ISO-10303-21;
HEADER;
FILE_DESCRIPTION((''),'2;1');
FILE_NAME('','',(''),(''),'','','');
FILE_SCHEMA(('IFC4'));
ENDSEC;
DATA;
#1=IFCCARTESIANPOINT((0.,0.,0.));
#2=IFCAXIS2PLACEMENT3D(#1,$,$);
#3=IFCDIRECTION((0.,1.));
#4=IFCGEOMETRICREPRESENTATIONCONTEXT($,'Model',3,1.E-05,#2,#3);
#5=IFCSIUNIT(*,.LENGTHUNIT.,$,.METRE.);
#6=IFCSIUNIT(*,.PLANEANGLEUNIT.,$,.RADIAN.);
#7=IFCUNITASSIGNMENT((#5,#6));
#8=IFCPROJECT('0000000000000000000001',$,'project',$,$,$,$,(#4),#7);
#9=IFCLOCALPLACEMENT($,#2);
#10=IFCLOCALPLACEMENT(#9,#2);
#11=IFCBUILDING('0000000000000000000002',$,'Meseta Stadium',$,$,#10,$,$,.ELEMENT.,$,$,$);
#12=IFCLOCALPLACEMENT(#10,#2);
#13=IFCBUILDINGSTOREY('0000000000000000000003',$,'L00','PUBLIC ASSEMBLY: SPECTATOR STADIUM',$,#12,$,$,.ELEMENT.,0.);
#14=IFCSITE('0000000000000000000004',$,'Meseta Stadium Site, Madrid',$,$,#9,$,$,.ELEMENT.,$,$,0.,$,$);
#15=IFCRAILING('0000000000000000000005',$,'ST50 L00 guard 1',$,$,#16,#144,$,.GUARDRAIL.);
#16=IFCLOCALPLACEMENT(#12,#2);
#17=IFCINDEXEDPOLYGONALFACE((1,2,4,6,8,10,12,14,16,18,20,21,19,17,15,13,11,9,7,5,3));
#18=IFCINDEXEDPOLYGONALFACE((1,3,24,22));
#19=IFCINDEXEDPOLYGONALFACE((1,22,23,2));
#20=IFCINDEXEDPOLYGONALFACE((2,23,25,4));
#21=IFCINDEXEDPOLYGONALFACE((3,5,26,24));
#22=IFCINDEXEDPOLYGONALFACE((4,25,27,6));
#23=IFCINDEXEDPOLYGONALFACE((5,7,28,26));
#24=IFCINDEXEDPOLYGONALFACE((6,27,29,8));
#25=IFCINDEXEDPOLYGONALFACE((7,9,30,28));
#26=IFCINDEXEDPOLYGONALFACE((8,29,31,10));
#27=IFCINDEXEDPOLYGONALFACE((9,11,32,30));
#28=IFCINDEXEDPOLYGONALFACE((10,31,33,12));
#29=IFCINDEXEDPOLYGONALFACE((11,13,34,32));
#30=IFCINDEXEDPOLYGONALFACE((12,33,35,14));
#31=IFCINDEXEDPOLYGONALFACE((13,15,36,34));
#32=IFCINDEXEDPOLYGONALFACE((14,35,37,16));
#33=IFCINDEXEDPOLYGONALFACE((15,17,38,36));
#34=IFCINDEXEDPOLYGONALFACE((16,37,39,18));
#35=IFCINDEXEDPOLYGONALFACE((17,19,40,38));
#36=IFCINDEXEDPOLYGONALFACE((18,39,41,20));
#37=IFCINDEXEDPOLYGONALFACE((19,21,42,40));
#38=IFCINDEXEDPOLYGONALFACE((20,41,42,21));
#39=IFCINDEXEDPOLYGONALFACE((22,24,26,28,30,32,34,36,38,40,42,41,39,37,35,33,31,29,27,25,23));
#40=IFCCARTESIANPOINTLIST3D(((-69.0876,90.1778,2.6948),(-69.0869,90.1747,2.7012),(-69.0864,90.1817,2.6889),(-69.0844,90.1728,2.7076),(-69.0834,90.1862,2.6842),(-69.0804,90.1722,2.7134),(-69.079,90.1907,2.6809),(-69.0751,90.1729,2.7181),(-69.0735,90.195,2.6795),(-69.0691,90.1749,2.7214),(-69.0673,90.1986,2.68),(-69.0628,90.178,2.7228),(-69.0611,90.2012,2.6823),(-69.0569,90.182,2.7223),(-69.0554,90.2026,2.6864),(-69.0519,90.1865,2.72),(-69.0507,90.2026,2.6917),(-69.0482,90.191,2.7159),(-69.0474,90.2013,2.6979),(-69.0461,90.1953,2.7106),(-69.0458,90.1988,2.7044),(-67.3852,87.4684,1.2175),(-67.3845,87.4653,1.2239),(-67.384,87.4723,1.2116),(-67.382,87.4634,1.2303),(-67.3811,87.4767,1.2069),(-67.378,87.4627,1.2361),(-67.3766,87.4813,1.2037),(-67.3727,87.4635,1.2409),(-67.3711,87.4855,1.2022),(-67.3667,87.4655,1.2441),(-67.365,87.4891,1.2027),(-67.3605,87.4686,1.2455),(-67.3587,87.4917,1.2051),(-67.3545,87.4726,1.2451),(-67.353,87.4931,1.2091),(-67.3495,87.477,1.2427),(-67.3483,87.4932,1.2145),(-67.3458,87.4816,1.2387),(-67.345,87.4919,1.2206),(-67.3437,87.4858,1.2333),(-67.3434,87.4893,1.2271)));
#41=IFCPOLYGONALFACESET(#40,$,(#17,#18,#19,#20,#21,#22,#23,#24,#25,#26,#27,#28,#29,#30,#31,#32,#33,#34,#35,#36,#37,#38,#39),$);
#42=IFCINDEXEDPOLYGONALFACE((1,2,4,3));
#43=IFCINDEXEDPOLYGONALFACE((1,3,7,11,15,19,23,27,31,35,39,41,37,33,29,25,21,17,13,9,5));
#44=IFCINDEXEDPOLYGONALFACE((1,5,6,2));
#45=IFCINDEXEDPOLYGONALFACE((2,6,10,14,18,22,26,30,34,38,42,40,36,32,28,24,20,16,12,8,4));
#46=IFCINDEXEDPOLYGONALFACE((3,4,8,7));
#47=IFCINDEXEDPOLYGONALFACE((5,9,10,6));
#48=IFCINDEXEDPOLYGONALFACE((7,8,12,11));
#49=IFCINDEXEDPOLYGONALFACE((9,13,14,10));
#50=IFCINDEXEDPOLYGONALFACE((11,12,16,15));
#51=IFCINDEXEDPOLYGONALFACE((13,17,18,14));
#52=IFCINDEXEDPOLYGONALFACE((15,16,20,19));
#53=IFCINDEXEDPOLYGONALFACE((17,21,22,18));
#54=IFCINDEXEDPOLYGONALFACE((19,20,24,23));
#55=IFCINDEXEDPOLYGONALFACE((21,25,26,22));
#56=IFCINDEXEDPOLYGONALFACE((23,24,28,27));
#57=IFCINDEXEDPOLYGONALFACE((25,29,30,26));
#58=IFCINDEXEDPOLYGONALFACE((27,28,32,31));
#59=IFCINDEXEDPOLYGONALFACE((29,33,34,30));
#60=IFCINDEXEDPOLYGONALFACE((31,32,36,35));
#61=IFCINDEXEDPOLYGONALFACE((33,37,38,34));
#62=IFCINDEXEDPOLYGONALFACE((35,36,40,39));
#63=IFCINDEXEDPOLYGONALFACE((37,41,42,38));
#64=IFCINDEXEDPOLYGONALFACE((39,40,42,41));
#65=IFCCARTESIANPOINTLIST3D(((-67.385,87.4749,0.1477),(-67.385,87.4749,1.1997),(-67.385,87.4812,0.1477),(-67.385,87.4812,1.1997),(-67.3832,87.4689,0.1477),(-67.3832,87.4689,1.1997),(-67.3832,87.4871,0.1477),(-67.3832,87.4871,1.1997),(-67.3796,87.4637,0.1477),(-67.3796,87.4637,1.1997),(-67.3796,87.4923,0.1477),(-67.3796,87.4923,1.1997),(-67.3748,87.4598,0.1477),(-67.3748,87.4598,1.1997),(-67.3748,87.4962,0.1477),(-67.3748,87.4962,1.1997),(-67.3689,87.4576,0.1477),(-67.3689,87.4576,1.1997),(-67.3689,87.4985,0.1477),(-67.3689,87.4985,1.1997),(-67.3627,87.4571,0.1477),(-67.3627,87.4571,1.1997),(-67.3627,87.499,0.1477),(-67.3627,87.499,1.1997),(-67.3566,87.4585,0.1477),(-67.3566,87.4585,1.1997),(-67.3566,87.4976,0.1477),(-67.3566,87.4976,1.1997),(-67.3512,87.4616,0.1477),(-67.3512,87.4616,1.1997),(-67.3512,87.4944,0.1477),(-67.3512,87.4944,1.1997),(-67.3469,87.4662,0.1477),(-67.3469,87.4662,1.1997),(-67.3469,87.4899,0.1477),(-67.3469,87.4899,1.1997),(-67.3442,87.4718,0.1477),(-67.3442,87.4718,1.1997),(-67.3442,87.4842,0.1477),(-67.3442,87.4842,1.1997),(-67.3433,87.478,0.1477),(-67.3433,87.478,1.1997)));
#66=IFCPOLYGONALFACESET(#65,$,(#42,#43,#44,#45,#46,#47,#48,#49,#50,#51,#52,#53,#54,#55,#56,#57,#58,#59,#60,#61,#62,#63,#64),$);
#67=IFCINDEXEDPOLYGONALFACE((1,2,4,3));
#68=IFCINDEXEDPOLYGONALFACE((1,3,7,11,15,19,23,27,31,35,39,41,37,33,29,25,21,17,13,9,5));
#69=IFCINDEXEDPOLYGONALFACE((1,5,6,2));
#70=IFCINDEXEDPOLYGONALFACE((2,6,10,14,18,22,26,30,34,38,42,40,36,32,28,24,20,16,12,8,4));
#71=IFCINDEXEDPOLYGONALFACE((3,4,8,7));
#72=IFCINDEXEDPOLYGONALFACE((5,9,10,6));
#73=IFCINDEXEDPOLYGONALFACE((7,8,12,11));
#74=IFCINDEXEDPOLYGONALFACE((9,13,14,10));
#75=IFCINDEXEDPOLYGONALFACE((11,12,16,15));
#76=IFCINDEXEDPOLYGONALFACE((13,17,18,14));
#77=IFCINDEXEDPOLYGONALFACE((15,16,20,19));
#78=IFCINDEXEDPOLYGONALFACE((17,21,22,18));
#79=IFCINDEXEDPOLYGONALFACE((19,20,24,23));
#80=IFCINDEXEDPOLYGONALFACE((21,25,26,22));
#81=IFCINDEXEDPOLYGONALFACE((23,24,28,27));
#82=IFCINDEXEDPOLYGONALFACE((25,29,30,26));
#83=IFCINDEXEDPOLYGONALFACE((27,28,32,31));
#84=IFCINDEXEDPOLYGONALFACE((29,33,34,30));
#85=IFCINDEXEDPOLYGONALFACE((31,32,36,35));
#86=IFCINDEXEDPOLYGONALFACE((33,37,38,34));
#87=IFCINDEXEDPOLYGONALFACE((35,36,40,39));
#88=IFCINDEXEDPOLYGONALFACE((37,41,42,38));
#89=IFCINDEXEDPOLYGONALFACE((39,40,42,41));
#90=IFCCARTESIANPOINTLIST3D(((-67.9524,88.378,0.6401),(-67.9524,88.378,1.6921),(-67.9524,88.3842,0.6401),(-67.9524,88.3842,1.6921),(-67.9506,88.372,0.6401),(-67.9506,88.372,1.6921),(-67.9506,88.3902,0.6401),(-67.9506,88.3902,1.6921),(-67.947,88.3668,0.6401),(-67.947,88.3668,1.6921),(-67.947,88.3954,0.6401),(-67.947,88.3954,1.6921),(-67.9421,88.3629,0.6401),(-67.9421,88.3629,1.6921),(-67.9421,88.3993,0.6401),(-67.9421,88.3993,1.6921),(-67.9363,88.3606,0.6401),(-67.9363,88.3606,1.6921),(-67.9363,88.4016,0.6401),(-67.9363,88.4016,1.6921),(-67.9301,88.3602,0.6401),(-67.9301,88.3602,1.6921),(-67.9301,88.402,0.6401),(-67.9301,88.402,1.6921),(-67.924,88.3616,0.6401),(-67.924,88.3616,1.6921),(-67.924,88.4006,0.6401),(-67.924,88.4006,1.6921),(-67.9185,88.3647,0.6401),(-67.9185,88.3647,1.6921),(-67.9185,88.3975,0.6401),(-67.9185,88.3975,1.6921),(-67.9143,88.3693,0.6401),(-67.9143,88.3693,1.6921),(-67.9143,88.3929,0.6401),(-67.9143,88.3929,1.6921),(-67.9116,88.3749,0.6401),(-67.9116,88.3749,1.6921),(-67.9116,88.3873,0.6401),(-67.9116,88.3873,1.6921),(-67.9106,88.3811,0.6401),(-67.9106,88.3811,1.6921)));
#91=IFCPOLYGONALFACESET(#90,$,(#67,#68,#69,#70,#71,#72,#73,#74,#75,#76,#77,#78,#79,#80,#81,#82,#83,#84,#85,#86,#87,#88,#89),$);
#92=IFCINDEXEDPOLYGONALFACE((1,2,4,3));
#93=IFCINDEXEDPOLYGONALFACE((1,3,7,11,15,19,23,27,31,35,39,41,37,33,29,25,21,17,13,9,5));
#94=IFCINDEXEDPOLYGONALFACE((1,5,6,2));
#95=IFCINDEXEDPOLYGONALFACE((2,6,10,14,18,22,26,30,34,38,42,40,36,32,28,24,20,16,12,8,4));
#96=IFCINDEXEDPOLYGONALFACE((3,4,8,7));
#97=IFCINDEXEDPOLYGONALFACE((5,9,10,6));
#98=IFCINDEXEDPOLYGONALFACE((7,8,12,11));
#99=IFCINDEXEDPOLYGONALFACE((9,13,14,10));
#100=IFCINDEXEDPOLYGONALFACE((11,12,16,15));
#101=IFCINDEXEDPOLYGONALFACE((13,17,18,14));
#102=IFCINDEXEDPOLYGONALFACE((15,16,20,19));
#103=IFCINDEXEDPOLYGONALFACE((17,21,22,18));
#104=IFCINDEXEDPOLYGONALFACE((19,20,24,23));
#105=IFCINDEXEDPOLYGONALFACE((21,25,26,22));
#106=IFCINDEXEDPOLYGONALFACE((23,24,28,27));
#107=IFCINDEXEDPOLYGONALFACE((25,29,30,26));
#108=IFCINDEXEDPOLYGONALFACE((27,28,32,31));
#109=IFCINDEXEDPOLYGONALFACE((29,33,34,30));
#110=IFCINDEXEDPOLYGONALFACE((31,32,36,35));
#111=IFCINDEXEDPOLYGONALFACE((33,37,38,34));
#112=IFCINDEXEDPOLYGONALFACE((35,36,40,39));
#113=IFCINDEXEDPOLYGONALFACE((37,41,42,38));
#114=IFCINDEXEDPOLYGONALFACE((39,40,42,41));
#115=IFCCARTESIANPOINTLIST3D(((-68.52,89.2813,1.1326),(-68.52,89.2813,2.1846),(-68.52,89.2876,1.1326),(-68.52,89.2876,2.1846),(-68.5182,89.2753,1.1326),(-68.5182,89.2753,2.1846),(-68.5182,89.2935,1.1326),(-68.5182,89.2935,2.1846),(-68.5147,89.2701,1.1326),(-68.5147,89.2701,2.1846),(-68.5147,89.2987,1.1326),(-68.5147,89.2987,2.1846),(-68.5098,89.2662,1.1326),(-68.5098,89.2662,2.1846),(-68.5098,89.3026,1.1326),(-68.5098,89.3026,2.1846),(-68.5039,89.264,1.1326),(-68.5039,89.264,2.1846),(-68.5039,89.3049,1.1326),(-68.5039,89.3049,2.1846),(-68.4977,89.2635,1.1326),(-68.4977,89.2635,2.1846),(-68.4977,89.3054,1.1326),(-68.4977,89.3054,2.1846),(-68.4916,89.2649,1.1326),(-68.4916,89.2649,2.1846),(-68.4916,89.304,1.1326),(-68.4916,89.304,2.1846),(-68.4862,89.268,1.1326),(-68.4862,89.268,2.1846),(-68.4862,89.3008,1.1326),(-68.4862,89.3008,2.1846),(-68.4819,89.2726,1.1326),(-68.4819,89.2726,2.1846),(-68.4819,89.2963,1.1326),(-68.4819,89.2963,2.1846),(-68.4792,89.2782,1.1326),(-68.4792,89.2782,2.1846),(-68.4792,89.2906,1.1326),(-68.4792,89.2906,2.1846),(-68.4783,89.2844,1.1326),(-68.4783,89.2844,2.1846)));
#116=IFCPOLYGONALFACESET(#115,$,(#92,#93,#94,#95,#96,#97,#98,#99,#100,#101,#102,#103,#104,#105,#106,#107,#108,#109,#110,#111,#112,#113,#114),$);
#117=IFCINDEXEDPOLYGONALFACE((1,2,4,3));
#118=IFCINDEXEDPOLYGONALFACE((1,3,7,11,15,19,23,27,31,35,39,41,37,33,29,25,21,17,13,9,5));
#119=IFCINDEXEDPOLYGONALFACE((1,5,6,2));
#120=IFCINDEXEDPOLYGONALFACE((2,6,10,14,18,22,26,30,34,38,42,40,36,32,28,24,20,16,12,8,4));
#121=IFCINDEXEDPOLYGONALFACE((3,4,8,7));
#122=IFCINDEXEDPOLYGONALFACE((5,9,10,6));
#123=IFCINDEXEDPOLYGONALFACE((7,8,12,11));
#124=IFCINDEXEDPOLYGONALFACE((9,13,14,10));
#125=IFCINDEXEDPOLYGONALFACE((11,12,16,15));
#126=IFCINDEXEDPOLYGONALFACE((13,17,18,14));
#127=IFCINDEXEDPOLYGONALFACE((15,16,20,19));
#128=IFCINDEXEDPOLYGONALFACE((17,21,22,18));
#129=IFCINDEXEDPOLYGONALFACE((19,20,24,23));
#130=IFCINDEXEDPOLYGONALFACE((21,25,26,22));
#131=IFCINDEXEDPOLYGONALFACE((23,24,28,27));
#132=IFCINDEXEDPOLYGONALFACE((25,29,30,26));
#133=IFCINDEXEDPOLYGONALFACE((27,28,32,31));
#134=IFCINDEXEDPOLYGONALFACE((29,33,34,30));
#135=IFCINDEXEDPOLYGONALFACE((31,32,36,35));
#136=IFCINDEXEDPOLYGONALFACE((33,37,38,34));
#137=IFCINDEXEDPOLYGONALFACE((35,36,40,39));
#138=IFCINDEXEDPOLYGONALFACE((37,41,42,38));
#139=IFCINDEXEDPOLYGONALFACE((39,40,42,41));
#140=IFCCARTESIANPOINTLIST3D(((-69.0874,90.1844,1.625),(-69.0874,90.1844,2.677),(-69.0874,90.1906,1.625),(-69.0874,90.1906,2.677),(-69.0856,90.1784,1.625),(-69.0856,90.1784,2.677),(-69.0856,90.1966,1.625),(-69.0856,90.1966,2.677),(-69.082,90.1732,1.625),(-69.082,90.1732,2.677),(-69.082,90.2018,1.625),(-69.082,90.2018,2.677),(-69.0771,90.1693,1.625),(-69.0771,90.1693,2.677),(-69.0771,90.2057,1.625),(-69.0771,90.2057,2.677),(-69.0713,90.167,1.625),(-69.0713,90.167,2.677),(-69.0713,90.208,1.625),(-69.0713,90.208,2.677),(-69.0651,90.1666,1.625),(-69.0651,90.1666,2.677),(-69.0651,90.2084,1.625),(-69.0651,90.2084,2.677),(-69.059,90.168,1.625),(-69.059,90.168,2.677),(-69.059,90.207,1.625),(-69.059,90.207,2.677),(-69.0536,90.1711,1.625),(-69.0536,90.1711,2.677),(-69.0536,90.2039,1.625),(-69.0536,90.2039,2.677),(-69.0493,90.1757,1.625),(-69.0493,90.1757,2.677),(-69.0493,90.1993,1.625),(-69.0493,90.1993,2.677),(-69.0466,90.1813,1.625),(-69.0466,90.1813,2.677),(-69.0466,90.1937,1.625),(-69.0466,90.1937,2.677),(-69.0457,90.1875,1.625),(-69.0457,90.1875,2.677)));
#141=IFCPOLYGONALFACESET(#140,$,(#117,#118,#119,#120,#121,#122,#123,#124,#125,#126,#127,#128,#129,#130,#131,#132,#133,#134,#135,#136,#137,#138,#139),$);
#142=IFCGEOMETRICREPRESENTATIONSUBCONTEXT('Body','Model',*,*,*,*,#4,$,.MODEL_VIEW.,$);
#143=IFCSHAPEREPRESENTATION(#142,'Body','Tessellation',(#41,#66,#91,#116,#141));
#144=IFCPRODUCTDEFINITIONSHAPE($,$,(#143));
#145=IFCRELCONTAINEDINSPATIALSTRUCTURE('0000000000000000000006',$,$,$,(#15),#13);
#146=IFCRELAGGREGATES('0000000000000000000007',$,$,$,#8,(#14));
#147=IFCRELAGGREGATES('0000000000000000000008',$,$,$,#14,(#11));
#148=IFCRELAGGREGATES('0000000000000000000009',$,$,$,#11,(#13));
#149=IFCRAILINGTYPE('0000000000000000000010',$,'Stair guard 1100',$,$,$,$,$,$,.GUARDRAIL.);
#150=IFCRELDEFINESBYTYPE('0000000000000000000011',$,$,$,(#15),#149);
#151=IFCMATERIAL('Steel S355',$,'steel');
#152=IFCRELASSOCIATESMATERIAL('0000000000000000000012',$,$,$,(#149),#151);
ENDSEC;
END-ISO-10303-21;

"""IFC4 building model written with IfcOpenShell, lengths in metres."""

from ifc_helpers import new_model, si_unit, direction, frame, origin, origin_2d, place, context, subcontext, project, spatial, circle, extrude, material, type_object, element, save


model = new_model("IFC4")

# Units and contexts
model_context = context("Model", 3, precision=1e-05, world=origin(), true_north=direction((0.0, 1.0)))
body_context = subcontext(model_context, "Body", "Model", "MODEL_VIEW")
ifc_project = project(units=[si_unit("LENGTHUNIT", "METRE"), si_unit("PLANEANGLEUNIT", "RADIAN")], contexts=[model_context])

# Site, building, storey
site_placement = place(None, origin())
site = spatial("IfcSite", under=ifc_project, at=site_placement, Name="Meseta Stadium Site, Madrid", CompositionType="ELEMENT", RefElevation=0.0)
building_placement = place(site_placement, origin())
building = spatial("IfcBuilding", under=site, at=building_placement, Name="Meseta Stadium", CompositionType="ELEMENT")
storey_placement = place(building_placement, origin())
storey = spatial("IfcBuildingStorey", under=building, at=storey_placement, Name="L00", Description="PUBLIC ASSEMBLY: SPECTATOR STADIUM", CompositionType="ELEMENT", Elevation=0.0)

# Railing
ifc_material_1 = material(Name="Steel S355", Category="steel")
railing_type_1 = type_object("IfcRailingType", Name="Stair guard 1100", PredefinedType="GUARDRAIL", material=ifc_material_1)
railing_1_placement = place(storey_placement, frame((-67.3643, 87.478, 0.1477)))
element("IfcRailing", 1, at=railing_1_placement, inside=storey, type_object=railing_type_1, Name="ST50 L00 guard 1", PredefinedType="GUARDRAIL", context=body_context, shape_type="SweptSolid", body=[
    extrude(circle(Radius=0.0239, at=origin_2d()), frame((0.0, 0.0, 1.0762), z_axis=(-0.483023, 0.768764, 0.419156), x_axis=(-0.846736, -0.532014, 0.0)), (0.0, 0.0, 1.0), 3.5244),
    extrude(circle(Radius=0.021, at=origin_2d()), origin(), (0.0, 0.0, 1.0), 1.052),
    extrude(circle(Radius=0.021, at=origin_2d()), frame((-0.5674, 0.9031, 0.4924)), (0.0, 0.0, 1.0), 1.052),
    extrude(circle(Radius=0.021, at=origin_2d()), frame((-1.135, 1.8064, 0.9849)), (0.0, 0.0, 1.0), 1.052),
    extrude(circle(Radius=0.021, at=origin_2d()), frame((-1.7024, 2.7095, 1.4773)), (0.0, 0.0, 1.0), 1.052),
])

save(model, "model.ifc")
